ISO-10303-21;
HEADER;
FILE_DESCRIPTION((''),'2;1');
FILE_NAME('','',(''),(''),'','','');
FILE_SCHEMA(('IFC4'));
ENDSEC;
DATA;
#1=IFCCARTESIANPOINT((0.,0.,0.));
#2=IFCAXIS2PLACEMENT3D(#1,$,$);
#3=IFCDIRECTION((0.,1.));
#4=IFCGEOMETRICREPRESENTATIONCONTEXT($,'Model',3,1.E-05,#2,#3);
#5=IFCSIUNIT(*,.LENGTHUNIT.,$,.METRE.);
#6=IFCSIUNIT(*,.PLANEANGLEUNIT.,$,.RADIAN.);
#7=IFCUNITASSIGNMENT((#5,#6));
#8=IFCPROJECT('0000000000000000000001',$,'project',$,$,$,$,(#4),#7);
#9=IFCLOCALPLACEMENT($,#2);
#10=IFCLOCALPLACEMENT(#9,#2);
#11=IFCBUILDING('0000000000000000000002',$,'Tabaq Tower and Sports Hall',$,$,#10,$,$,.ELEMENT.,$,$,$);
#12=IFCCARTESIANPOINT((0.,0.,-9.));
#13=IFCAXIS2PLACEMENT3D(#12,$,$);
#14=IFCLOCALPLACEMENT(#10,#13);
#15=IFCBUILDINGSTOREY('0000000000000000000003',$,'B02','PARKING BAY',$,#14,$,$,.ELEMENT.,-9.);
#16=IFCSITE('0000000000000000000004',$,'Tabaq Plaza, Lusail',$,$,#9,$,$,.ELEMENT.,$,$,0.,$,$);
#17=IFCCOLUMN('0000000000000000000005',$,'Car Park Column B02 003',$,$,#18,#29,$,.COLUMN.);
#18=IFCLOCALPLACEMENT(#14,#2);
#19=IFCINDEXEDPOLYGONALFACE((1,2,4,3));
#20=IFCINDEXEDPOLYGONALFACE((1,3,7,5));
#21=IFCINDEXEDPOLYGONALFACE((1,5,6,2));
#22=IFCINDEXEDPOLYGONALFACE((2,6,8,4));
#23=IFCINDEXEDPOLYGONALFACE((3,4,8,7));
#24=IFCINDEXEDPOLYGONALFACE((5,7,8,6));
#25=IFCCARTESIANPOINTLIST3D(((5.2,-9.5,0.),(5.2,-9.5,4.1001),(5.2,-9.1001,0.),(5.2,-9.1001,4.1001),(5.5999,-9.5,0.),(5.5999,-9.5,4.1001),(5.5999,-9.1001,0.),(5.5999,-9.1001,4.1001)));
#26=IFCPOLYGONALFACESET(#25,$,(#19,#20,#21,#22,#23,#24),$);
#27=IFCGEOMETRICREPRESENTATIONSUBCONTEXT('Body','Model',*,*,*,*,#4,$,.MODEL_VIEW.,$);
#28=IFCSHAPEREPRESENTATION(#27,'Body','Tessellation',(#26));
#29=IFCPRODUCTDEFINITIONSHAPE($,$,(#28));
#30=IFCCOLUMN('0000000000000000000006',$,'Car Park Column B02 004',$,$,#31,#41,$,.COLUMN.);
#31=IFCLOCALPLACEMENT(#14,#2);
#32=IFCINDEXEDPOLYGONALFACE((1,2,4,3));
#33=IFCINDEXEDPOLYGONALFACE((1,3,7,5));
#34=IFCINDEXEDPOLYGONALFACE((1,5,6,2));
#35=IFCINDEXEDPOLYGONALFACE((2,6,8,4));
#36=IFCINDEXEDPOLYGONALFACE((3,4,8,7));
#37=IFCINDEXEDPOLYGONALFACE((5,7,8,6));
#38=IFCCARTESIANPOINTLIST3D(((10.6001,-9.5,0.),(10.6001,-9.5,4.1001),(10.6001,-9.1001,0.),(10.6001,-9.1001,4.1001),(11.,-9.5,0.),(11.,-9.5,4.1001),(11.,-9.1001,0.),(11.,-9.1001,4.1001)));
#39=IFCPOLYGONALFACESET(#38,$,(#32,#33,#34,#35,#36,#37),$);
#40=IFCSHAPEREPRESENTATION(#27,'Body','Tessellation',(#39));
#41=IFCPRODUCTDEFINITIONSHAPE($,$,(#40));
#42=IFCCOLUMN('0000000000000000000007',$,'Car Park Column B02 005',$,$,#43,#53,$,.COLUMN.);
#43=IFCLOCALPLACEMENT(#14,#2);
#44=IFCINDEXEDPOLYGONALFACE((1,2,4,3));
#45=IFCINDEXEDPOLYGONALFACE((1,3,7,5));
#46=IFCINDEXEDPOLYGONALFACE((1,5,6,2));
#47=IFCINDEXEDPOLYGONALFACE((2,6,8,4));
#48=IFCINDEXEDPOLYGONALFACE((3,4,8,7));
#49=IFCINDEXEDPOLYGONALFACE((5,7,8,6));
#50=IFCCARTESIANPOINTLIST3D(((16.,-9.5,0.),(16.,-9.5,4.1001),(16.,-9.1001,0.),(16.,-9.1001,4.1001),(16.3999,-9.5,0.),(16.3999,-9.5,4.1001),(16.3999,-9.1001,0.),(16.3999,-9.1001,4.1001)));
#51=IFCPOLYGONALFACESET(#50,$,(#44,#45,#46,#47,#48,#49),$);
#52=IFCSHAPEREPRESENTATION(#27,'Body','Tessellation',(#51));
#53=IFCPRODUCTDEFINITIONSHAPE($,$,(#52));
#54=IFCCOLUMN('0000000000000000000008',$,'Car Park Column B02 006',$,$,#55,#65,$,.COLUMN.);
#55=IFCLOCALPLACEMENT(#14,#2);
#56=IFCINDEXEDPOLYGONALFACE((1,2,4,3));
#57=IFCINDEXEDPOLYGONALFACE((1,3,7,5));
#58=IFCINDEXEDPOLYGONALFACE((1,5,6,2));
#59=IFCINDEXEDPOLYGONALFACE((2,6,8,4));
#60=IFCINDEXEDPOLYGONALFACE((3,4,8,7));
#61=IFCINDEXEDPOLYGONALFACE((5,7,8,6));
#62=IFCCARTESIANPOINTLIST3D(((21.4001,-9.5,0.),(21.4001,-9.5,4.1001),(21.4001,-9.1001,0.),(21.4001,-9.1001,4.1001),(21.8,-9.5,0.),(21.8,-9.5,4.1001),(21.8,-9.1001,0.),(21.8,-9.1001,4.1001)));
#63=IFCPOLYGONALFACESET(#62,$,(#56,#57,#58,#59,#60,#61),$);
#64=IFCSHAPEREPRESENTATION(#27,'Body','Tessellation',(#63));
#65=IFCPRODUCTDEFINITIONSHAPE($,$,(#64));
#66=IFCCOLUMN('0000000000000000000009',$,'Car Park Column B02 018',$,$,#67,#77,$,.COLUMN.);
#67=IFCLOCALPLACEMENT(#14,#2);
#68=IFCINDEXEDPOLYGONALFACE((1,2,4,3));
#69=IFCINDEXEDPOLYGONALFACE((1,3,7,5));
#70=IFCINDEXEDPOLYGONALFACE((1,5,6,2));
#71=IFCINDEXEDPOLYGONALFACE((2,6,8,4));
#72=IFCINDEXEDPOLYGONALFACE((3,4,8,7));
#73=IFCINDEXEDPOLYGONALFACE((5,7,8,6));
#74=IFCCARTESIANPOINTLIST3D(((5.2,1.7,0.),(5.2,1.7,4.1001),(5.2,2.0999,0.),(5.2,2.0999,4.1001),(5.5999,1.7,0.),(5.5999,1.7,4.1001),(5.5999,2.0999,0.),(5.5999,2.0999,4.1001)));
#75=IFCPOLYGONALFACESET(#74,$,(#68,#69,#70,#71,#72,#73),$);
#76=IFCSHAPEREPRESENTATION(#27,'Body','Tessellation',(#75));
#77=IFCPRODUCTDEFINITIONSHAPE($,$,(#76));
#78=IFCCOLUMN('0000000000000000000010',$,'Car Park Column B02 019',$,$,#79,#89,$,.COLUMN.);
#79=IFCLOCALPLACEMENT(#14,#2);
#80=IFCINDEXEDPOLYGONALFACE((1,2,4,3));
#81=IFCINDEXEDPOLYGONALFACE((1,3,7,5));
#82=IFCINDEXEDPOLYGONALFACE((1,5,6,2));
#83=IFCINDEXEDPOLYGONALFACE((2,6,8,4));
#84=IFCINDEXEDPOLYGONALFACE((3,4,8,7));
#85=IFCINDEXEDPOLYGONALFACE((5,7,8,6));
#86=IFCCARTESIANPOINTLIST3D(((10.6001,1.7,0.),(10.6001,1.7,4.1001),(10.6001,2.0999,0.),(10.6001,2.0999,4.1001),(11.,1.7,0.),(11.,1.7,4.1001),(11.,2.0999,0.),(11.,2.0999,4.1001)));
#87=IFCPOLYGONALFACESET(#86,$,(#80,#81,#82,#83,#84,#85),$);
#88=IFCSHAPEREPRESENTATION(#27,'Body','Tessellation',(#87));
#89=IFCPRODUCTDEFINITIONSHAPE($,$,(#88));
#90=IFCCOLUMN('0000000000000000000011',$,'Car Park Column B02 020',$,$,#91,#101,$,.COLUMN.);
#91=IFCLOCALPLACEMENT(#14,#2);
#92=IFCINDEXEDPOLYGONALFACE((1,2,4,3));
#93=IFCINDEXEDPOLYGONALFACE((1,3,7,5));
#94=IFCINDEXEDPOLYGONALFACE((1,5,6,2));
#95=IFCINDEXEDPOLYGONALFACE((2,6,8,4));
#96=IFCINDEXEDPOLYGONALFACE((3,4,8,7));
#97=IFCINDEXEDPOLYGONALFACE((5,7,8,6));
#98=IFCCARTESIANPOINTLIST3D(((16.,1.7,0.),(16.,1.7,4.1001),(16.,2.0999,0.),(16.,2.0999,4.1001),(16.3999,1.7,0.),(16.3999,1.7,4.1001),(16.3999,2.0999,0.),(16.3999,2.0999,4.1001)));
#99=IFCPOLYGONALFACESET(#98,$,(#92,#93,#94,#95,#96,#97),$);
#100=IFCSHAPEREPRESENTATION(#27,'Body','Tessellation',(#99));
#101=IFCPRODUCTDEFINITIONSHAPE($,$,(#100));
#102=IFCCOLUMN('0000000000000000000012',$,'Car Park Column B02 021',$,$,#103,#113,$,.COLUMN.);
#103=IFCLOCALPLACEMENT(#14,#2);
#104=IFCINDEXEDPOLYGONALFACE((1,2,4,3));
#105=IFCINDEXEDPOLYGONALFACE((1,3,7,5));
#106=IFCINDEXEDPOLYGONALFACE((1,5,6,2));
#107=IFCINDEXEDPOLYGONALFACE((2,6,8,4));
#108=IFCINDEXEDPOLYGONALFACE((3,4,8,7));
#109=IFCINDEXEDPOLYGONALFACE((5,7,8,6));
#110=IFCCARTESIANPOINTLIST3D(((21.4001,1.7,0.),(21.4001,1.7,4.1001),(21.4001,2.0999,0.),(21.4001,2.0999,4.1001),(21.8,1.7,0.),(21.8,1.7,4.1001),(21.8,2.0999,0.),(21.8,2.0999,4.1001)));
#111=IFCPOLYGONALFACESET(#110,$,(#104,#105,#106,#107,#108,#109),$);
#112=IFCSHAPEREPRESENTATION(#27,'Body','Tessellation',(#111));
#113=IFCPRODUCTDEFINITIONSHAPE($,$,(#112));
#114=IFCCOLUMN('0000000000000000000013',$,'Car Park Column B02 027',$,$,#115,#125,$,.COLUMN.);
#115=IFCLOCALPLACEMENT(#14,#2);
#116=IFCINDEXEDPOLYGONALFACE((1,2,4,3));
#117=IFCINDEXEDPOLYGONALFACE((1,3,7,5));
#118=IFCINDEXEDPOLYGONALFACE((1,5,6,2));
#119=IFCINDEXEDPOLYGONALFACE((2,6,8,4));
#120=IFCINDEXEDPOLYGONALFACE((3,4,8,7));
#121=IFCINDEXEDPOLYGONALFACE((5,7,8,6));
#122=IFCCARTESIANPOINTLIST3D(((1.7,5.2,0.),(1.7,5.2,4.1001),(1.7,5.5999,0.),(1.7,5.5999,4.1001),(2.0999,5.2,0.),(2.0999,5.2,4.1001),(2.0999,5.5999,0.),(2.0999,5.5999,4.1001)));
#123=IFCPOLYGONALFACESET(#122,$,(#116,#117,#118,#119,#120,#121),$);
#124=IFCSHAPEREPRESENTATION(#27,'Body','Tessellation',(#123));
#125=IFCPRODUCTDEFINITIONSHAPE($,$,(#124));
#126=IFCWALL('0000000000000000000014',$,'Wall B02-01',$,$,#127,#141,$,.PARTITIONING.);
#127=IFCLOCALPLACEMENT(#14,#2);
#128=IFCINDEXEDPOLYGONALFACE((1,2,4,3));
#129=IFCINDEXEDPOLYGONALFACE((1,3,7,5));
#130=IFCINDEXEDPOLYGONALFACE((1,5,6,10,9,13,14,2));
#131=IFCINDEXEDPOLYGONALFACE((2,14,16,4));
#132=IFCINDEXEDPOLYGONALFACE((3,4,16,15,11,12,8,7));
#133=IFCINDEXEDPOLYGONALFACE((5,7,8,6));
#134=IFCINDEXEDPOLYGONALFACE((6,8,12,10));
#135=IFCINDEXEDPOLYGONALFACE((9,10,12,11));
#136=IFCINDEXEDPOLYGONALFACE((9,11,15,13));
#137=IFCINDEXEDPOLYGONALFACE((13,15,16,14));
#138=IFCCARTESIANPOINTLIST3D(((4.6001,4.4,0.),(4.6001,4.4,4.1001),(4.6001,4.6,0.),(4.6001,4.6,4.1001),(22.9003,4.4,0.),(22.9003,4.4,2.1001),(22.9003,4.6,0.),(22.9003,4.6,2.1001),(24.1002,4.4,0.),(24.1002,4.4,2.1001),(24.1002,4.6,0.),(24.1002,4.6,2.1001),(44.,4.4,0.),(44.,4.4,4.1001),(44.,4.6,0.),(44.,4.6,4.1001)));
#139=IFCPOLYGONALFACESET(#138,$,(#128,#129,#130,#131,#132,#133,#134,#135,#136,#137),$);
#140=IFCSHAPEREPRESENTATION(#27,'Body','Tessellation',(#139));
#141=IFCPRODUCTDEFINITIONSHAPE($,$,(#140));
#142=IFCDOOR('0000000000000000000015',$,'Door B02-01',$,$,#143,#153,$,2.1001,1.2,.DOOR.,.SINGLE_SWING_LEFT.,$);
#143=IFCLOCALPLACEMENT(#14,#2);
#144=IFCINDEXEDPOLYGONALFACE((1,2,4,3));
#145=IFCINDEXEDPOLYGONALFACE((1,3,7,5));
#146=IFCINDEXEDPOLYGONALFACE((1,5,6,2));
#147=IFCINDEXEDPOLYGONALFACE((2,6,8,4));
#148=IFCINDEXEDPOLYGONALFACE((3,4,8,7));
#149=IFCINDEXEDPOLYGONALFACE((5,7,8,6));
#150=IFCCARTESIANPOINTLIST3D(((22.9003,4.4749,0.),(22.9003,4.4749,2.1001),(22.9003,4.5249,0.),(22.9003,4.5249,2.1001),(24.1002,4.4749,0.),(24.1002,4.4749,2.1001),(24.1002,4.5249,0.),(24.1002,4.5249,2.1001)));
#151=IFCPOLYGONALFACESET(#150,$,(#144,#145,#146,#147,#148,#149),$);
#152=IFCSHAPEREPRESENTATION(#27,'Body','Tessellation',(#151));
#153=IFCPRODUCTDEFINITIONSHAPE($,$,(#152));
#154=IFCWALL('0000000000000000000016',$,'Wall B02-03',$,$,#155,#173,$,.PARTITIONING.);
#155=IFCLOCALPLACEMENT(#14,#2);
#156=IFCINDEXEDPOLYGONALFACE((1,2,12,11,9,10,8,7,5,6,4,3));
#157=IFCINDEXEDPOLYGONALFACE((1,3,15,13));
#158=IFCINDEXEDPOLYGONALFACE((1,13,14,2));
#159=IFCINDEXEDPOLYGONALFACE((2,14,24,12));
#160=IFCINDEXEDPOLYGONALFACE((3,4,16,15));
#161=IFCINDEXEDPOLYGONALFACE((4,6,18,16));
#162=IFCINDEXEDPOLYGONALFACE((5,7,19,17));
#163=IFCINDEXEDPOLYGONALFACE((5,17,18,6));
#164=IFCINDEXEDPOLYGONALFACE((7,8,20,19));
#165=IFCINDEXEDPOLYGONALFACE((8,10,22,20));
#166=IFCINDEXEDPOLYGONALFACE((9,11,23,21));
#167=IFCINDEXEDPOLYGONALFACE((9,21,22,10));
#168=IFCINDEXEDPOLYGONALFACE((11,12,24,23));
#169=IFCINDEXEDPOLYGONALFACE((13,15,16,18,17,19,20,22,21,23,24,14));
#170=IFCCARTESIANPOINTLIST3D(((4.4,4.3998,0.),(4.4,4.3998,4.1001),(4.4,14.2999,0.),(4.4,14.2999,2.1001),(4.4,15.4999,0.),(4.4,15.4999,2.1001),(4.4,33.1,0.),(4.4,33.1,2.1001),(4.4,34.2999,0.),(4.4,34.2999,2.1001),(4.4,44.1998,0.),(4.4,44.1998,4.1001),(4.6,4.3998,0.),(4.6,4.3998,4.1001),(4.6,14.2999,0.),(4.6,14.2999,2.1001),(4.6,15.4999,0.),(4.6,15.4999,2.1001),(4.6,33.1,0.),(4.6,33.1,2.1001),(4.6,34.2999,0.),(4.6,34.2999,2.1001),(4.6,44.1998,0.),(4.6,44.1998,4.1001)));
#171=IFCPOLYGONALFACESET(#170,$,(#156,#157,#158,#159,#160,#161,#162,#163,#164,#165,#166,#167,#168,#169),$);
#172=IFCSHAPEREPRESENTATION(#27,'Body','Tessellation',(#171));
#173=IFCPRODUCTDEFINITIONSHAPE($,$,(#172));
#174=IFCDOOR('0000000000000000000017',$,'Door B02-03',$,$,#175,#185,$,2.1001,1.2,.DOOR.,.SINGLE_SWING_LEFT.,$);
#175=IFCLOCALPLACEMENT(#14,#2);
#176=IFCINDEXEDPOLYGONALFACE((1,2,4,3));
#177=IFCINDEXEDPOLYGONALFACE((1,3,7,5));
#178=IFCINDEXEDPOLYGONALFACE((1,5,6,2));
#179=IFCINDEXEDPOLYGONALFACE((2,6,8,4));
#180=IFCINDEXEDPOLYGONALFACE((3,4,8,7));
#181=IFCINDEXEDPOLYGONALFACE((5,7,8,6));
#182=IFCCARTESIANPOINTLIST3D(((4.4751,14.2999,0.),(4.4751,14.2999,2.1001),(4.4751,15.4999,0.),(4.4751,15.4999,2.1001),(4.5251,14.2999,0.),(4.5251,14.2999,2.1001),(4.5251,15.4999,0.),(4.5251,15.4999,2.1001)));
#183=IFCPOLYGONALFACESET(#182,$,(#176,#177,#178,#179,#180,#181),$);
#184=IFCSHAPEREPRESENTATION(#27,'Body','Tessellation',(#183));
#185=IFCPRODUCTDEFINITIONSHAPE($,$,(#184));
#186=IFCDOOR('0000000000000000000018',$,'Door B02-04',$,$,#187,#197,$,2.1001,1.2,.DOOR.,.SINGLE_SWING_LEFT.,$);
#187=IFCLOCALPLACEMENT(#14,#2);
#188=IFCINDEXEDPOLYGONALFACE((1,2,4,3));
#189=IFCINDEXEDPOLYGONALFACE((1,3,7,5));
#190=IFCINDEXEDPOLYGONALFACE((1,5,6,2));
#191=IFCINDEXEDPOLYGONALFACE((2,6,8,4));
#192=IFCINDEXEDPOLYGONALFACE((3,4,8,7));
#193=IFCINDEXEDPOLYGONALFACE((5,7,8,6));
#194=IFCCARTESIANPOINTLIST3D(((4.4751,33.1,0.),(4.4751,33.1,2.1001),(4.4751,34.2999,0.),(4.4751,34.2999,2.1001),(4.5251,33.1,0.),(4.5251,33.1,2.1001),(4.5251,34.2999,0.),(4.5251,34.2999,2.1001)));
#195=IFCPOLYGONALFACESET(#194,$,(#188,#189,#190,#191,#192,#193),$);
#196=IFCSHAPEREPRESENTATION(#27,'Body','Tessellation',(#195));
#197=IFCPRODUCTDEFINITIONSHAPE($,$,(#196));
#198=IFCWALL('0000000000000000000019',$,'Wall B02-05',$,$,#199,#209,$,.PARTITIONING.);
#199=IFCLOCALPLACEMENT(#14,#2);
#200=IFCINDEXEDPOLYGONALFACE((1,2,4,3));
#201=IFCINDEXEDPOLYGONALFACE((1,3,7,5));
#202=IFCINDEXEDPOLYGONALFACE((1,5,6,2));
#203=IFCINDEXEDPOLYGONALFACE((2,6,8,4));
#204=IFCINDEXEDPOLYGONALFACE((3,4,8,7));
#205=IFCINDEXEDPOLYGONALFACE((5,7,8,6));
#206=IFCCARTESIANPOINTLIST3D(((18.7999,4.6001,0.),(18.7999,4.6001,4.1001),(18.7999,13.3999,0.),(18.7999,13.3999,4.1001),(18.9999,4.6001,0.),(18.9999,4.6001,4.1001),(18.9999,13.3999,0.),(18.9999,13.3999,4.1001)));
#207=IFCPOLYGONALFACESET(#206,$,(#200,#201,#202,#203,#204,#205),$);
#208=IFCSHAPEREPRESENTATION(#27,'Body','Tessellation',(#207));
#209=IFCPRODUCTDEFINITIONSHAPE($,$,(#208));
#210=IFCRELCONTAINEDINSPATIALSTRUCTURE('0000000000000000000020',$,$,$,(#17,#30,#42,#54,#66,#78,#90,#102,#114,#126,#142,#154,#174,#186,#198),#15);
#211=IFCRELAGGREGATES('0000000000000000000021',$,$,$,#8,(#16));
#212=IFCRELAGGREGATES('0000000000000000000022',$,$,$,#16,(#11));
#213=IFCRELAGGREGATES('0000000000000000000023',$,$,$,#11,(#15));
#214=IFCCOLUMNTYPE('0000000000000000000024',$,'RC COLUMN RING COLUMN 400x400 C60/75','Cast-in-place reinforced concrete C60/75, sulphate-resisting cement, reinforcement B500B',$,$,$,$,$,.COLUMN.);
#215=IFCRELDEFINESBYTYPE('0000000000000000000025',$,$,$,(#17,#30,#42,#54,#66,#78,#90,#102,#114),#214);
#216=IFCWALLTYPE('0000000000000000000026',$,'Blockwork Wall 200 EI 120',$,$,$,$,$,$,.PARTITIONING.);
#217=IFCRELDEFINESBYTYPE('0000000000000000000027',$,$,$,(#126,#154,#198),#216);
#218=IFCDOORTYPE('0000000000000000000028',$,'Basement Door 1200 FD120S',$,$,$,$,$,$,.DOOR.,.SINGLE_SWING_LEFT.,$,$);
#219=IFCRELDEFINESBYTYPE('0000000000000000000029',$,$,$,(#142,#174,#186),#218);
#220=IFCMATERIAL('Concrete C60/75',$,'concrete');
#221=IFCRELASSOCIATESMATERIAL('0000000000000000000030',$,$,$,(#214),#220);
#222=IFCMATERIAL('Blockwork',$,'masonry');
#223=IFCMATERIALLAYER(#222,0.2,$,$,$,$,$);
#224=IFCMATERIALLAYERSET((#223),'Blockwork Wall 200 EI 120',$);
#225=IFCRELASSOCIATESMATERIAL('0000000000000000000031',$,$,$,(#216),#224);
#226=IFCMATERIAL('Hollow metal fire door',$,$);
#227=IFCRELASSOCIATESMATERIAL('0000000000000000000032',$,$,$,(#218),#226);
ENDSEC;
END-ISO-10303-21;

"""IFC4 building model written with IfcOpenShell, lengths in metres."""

from ifc_helpers import new_model, si_unit, direction, frame, frame_2d, origin, origin_2d, place, context, subcontext, project, spatial, rectangle, extrude, material, layer, layer_set, material_profile, profile_set, type_object, element, fill, save


model = new_model("IFC4")

# Units and contexts
model_context = context("Model", 3, precision=1e-05, world=origin(), true_north=direction((0.0, 1.0)))
body_context = subcontext(model_context, "Body", "Model", "MODEL_VIEW")
ifc_project = project(units=[si_unit("LENGTHUNIT", "METRE"), si_unit("PLANEANGLEUNIT", "RADIAN")], contexts=[model_context])

# Site, building, storey
site_placement = place(None, origin())
site = spatial("IfcSite", under=ifc_project, at=site_placement, Name="Tabaq Plaza, Lusail", CompositionType="ELEMENT", RefElevation=0.0)
building_placement = place(site_placement, origin())
building = spatial("IfcBuilding", under=site, at=building_placement, Name="Tabaq Tower and Sports Hall", CompositionType="ELEMENT")
storey_placement = place(building_placement, frame((0.0, 0.0, -9.0)))
storey = spatial("IfcBuildingStorey", under=building, at=storey_placement, Name="B02", Description="PARKING BAY", CompositionType="ELEMENT", Elevation=-9.0)

# Columns
ifc_material_1 = material(Name="Concrete C60/75", Category="concrete")
ifc_material_profile_1 = material_profile(ifc_material_1, rectangle(XDim=0.3999, YDim=0.3999, at=origin_2d()), Name="RING COLUMN 400x400")
ifc_profile_set_1 = profile_set([ifc_material_profile_1], Name="Concrete C60/75")
column_type_1 = type_object("IfcColumnType", Name="RC COLUMN RING COLUMN 400x400 C60/75", Description="Cast-in-place reinforced concrete C60/75, sulphate-resisting cement, reinforcement B500B", PredefinedType="COLUMN", material=ifc_profile_set_1)
for number, where, z_axis, x_axis, name in (
    (1, (5.3999, -9.3, 0.0), (0.0, 0.0, 1.0), (1.0, 0.0, 0.0), "Car Park Column B02 003"),
    (2, (10.8, -9.3, 0.0), (0.0, 0.0, 1.0), (1.0, 0.0, 0.0), "Car Park Column B02 004"),
    (3, (16.2, -9.3, 0.0), (0.0, 0.0, 1.0), (1.0, 0.0, 0.0), "Car Park Column B02 005"),
    (4, (21.6001, -9.3, 0.0), (0.0, 0.0, 1.0), (1.0, 0.0, 0.0), "Car Park Column B02 006"),
    (5, (5.3999, 1.8999, 0.0), (0.0, 0.0, 1.0), (1.0, 0.0, 0.0), "Car Park Column B02 018"),
    (6, (10.8, 1.8999, 0.0), (0.0, 0.0, 1.0), (1.0, 0.0, 0.0), "Car Park Column B02 019"),
    (7, (16.2, 1.8999, 0.0), (0.0, 0.0, 1.0), (1.0, 0.0, 0.0), "Car Park Column B02 020"),
    (8, (21.6001, 1.8999, 0.0), (0.0, 0.0, 1.0), (1.0, 0.0, 0.0), "Car Park Column B02 021"),
    (9, (1.8999, 5.3999, 0.0), (0.0, 0.0, 1.0), (1.0, 0.0, 0.0), "Car Park Column B02 027"),
):
    element("IfcColumn", number, at=place(storey_placement, frame(where, z_axis=z_axis, x_axis=x_axis)), inside=storey, type_object=column_type_1, Name=name, PredefinedType="COLUMN", context=body_context, shape_type="SweptSolid", body=[
        extrude(rectangle(XDim=0.3999, YDim=0.3999, at=origin_2d()), origin(), (0.0, 0.0, 1.0), 4.1001),
    ])

# Wall, opening, door
ifc_material_2 = material(Name="Blockwork", Category="masonry")
ifc_layer = layer(ifc_material_2, 0.2)
ifc_layer_set = layer_set([ifc_layer], Name="Blockwork Wall 200 EI 120")
wall_type = type_object("IfcWallType", Name="Blockwork Wall 200 EI 120", PredefinedType="PARTITIONING", material=ifc_layer_set)
wall_1_placement = place(storey_placement, frame((4.6001, 4.5, 0.0), z_axis=(0.0, 0.0, 1.0), x_axis=(1.0, 0.0, 0.0)))
wall_1 = element("IfcWall", 10, at=wall_1_placement, inside=storey, type_object=wall_type, Name="Wall B02-01", PredefinedType="PARTITIONING", context=body_context, shape_type="SweptSolid", body=[
    extrude(rectangle(XDim=39.3999, YDim=0.2, at=frame_2d((19.7, 0.0))), origin(), (0.0, 0.0, 1.0), 4.1001),
])
opening_1_placement = place(wall_1_placement, frame((18.3, 0.0, 0.0)))
opening_1 = element("IfcOpeningElement", 11, at=opening_1_placement, cuts=wall_1, PredefinedType="OPENING", context=body_context, shape_type="SweptSolid", body=[
    extrude(rectangle(XDim=1.2, YDim=2.1001, at=frame_2d((0.6001, 1.05))), frame((0.0, 0.1099, 0.0), z_axis=(0.0, -1.0, 0.0), x_axis=(1.0, 0.0, 0.0)), (0.0, 0.0, 1.0), 0.22),
])
ifc_material_3 = material(Name="Hollow metal fire door")
door_type = type_object("IfcDoorType", Name="Basement Door 1200 FD120S", OperationType="SINGLE_SWING_LEFT", PredefinedType="DOOR", material=ifc_material_3)
door_1_placement = place(opening_1_placement, origin())
door_1 = element("IfcDoor", 12, at=door_1_placement, inside=storey, type_object=door_type, Name="Door B02-01", OperationType="SINGLE_SWING_LEFT", OverallHeight=2.1001, OverallWidth=1.2, PredefinedType="DOOR", context=body_context, shape_type="SweptSolid", body=[
    extrude(rectangle(XDim=1.2, YDim=2.1001, at=frame_2d((0.6001, 1.05))), frame((0.0, 0.0249, 0.0), z_axis=(0.0, -1.0, 0.0), x_axis=(1.0, 0.0, 0.0)), (0.0, 0.0, 1.0), 0.05),
])
fill(opening_1, door_1)

# Wall, openings, doors
wall_2_placement = place(storey_placement, frame((4.5, 4.3999, 0.0), z_axis=(0.0, 0.0, 1.0), x_axis=(0.0, 1.0, 0.0)))
wall_2 = element("IfcWall", 13, at=wall_2_placement, inside=storey, type_object=wall_type, Name="Wall B02-03", PredefinedType="PARTITIONING", context=body_context, shape_type="SweptSolid", body=[
    extrude(rectangle(XDim=39.8, YDim=0.2, at=frame_2d((19.8999, 0.0))), origin(), (0.0, 0.0, 1.0), 4.1001),
])
opening_2_placement = place(wall_2_placement, frame((9.8999, 0.0, 0.0)))
opening_2 = element("IfcOpeningElement", 14, at=opening_2_placement, cuts=wall_2, PredefinedType="OPENING", context=body_context, shape_type="SweptSolid", body=[
    extrude(rectangle(XDim=1.2, YDim=2.1001, at=frame_2d((0.6001, 1.05))), frame((0.0, 0.1099, 0.0), z_axis=(0.0, -1.0, 0.0), x_axis=(1.0, 0.0, 0.0)), (0.0, 0.0, 1.0), 0.22),
])
opening_3_placement = place(wall_2_placement, frame((28.7, 0.0, 0.0)))
opening_3 = element("IfcOpeningElement", 15, at=opening_3_placement, cuts=wall_2, PredefinedType="OPENING", context=body_context, shape_type="SweptSolid", body=[
    extrude(rectangle(XDim=1.2, YDim=2.1001, at=frame_2d((0.6001, 1.05))), frame((0.0, 0.1099, 0.0), z_axis=(0.0, -1.0, 0.0), x_axis=(1.0, 0.0, 0.0)), (0.0, 0.0, 1.0), 0.22),
])
door_2_placement = place(opening_2_placement, origin())
door_2 = element("IfcDoor", 16, at=door_2_placement, inside=storey, type_object=door_type, Name="Door B02-03", OperationType="SINGLE_SWING_LEFT", OverallHeight=2.1001, OverallWidth=1.2, PredefinedType="DOOR", context=body_context, shape_type="SweptSolid", body=[
    extrude(rectangle(XDim=1.2, YDim=2.1001, at=frame_2d((0.6001, 1.05))), frame((0.0, 0.0249, 0.0), z_axis=(0.0, -1.0, 0.0), x_axis=(1.0, 0.0, 0.0)), (0.0, 0.0, 1.0), 0.05),
])
fill(opening_2, door_2)
door_3_placement = place(opening_3_placement, origin())
door_3 = element("IfcDoor", 17, at=door_3_placement, inside=storey, type_object=door_type, Name="Door B02-04", OperationType="SINGLE_SWING_LEFT", OverallHeight=2.1001, OverallWidth=1.2, PredefinedType="DOOR", context=body_context, shape_type="SweptSolid", body=[
    extrude(rectangle(XDim=1.2, YDim=2.1001, at=frame_2d((0.6001, 1.05))), frame((0.0, 0.0249, 0.0), z_axis=(0.0, -1.0, 0.0), x_axis=(1.0, 0.0, 0.0)), (0.0, 0.0, 1.0), 0.05),
])
fill(opening_3, door_3)

# Wall
wall_3_placement = place(storey_placement, frame((18.8999, 4.6001, 0.0), z_axis=(0.0, 0.0, 1.0), x_axis=(0.0, 1.0, 0.0)))
element("IfcWall", 18, at=wall_3_placement, inside=storey, type_object=wall_type, Name="Wall B02-05", PredefinedType="PARTITIONING", context=body_context, shape_type="SweptSolid", body=[
    extrude(rectangle(XDim=8.7998, YDim=0.2, at=frame_2d((4.3999, 0.0))), origin(), (0.0, 0.0, 1.0), 4.1001),
])

save(model, "model.ifc")
